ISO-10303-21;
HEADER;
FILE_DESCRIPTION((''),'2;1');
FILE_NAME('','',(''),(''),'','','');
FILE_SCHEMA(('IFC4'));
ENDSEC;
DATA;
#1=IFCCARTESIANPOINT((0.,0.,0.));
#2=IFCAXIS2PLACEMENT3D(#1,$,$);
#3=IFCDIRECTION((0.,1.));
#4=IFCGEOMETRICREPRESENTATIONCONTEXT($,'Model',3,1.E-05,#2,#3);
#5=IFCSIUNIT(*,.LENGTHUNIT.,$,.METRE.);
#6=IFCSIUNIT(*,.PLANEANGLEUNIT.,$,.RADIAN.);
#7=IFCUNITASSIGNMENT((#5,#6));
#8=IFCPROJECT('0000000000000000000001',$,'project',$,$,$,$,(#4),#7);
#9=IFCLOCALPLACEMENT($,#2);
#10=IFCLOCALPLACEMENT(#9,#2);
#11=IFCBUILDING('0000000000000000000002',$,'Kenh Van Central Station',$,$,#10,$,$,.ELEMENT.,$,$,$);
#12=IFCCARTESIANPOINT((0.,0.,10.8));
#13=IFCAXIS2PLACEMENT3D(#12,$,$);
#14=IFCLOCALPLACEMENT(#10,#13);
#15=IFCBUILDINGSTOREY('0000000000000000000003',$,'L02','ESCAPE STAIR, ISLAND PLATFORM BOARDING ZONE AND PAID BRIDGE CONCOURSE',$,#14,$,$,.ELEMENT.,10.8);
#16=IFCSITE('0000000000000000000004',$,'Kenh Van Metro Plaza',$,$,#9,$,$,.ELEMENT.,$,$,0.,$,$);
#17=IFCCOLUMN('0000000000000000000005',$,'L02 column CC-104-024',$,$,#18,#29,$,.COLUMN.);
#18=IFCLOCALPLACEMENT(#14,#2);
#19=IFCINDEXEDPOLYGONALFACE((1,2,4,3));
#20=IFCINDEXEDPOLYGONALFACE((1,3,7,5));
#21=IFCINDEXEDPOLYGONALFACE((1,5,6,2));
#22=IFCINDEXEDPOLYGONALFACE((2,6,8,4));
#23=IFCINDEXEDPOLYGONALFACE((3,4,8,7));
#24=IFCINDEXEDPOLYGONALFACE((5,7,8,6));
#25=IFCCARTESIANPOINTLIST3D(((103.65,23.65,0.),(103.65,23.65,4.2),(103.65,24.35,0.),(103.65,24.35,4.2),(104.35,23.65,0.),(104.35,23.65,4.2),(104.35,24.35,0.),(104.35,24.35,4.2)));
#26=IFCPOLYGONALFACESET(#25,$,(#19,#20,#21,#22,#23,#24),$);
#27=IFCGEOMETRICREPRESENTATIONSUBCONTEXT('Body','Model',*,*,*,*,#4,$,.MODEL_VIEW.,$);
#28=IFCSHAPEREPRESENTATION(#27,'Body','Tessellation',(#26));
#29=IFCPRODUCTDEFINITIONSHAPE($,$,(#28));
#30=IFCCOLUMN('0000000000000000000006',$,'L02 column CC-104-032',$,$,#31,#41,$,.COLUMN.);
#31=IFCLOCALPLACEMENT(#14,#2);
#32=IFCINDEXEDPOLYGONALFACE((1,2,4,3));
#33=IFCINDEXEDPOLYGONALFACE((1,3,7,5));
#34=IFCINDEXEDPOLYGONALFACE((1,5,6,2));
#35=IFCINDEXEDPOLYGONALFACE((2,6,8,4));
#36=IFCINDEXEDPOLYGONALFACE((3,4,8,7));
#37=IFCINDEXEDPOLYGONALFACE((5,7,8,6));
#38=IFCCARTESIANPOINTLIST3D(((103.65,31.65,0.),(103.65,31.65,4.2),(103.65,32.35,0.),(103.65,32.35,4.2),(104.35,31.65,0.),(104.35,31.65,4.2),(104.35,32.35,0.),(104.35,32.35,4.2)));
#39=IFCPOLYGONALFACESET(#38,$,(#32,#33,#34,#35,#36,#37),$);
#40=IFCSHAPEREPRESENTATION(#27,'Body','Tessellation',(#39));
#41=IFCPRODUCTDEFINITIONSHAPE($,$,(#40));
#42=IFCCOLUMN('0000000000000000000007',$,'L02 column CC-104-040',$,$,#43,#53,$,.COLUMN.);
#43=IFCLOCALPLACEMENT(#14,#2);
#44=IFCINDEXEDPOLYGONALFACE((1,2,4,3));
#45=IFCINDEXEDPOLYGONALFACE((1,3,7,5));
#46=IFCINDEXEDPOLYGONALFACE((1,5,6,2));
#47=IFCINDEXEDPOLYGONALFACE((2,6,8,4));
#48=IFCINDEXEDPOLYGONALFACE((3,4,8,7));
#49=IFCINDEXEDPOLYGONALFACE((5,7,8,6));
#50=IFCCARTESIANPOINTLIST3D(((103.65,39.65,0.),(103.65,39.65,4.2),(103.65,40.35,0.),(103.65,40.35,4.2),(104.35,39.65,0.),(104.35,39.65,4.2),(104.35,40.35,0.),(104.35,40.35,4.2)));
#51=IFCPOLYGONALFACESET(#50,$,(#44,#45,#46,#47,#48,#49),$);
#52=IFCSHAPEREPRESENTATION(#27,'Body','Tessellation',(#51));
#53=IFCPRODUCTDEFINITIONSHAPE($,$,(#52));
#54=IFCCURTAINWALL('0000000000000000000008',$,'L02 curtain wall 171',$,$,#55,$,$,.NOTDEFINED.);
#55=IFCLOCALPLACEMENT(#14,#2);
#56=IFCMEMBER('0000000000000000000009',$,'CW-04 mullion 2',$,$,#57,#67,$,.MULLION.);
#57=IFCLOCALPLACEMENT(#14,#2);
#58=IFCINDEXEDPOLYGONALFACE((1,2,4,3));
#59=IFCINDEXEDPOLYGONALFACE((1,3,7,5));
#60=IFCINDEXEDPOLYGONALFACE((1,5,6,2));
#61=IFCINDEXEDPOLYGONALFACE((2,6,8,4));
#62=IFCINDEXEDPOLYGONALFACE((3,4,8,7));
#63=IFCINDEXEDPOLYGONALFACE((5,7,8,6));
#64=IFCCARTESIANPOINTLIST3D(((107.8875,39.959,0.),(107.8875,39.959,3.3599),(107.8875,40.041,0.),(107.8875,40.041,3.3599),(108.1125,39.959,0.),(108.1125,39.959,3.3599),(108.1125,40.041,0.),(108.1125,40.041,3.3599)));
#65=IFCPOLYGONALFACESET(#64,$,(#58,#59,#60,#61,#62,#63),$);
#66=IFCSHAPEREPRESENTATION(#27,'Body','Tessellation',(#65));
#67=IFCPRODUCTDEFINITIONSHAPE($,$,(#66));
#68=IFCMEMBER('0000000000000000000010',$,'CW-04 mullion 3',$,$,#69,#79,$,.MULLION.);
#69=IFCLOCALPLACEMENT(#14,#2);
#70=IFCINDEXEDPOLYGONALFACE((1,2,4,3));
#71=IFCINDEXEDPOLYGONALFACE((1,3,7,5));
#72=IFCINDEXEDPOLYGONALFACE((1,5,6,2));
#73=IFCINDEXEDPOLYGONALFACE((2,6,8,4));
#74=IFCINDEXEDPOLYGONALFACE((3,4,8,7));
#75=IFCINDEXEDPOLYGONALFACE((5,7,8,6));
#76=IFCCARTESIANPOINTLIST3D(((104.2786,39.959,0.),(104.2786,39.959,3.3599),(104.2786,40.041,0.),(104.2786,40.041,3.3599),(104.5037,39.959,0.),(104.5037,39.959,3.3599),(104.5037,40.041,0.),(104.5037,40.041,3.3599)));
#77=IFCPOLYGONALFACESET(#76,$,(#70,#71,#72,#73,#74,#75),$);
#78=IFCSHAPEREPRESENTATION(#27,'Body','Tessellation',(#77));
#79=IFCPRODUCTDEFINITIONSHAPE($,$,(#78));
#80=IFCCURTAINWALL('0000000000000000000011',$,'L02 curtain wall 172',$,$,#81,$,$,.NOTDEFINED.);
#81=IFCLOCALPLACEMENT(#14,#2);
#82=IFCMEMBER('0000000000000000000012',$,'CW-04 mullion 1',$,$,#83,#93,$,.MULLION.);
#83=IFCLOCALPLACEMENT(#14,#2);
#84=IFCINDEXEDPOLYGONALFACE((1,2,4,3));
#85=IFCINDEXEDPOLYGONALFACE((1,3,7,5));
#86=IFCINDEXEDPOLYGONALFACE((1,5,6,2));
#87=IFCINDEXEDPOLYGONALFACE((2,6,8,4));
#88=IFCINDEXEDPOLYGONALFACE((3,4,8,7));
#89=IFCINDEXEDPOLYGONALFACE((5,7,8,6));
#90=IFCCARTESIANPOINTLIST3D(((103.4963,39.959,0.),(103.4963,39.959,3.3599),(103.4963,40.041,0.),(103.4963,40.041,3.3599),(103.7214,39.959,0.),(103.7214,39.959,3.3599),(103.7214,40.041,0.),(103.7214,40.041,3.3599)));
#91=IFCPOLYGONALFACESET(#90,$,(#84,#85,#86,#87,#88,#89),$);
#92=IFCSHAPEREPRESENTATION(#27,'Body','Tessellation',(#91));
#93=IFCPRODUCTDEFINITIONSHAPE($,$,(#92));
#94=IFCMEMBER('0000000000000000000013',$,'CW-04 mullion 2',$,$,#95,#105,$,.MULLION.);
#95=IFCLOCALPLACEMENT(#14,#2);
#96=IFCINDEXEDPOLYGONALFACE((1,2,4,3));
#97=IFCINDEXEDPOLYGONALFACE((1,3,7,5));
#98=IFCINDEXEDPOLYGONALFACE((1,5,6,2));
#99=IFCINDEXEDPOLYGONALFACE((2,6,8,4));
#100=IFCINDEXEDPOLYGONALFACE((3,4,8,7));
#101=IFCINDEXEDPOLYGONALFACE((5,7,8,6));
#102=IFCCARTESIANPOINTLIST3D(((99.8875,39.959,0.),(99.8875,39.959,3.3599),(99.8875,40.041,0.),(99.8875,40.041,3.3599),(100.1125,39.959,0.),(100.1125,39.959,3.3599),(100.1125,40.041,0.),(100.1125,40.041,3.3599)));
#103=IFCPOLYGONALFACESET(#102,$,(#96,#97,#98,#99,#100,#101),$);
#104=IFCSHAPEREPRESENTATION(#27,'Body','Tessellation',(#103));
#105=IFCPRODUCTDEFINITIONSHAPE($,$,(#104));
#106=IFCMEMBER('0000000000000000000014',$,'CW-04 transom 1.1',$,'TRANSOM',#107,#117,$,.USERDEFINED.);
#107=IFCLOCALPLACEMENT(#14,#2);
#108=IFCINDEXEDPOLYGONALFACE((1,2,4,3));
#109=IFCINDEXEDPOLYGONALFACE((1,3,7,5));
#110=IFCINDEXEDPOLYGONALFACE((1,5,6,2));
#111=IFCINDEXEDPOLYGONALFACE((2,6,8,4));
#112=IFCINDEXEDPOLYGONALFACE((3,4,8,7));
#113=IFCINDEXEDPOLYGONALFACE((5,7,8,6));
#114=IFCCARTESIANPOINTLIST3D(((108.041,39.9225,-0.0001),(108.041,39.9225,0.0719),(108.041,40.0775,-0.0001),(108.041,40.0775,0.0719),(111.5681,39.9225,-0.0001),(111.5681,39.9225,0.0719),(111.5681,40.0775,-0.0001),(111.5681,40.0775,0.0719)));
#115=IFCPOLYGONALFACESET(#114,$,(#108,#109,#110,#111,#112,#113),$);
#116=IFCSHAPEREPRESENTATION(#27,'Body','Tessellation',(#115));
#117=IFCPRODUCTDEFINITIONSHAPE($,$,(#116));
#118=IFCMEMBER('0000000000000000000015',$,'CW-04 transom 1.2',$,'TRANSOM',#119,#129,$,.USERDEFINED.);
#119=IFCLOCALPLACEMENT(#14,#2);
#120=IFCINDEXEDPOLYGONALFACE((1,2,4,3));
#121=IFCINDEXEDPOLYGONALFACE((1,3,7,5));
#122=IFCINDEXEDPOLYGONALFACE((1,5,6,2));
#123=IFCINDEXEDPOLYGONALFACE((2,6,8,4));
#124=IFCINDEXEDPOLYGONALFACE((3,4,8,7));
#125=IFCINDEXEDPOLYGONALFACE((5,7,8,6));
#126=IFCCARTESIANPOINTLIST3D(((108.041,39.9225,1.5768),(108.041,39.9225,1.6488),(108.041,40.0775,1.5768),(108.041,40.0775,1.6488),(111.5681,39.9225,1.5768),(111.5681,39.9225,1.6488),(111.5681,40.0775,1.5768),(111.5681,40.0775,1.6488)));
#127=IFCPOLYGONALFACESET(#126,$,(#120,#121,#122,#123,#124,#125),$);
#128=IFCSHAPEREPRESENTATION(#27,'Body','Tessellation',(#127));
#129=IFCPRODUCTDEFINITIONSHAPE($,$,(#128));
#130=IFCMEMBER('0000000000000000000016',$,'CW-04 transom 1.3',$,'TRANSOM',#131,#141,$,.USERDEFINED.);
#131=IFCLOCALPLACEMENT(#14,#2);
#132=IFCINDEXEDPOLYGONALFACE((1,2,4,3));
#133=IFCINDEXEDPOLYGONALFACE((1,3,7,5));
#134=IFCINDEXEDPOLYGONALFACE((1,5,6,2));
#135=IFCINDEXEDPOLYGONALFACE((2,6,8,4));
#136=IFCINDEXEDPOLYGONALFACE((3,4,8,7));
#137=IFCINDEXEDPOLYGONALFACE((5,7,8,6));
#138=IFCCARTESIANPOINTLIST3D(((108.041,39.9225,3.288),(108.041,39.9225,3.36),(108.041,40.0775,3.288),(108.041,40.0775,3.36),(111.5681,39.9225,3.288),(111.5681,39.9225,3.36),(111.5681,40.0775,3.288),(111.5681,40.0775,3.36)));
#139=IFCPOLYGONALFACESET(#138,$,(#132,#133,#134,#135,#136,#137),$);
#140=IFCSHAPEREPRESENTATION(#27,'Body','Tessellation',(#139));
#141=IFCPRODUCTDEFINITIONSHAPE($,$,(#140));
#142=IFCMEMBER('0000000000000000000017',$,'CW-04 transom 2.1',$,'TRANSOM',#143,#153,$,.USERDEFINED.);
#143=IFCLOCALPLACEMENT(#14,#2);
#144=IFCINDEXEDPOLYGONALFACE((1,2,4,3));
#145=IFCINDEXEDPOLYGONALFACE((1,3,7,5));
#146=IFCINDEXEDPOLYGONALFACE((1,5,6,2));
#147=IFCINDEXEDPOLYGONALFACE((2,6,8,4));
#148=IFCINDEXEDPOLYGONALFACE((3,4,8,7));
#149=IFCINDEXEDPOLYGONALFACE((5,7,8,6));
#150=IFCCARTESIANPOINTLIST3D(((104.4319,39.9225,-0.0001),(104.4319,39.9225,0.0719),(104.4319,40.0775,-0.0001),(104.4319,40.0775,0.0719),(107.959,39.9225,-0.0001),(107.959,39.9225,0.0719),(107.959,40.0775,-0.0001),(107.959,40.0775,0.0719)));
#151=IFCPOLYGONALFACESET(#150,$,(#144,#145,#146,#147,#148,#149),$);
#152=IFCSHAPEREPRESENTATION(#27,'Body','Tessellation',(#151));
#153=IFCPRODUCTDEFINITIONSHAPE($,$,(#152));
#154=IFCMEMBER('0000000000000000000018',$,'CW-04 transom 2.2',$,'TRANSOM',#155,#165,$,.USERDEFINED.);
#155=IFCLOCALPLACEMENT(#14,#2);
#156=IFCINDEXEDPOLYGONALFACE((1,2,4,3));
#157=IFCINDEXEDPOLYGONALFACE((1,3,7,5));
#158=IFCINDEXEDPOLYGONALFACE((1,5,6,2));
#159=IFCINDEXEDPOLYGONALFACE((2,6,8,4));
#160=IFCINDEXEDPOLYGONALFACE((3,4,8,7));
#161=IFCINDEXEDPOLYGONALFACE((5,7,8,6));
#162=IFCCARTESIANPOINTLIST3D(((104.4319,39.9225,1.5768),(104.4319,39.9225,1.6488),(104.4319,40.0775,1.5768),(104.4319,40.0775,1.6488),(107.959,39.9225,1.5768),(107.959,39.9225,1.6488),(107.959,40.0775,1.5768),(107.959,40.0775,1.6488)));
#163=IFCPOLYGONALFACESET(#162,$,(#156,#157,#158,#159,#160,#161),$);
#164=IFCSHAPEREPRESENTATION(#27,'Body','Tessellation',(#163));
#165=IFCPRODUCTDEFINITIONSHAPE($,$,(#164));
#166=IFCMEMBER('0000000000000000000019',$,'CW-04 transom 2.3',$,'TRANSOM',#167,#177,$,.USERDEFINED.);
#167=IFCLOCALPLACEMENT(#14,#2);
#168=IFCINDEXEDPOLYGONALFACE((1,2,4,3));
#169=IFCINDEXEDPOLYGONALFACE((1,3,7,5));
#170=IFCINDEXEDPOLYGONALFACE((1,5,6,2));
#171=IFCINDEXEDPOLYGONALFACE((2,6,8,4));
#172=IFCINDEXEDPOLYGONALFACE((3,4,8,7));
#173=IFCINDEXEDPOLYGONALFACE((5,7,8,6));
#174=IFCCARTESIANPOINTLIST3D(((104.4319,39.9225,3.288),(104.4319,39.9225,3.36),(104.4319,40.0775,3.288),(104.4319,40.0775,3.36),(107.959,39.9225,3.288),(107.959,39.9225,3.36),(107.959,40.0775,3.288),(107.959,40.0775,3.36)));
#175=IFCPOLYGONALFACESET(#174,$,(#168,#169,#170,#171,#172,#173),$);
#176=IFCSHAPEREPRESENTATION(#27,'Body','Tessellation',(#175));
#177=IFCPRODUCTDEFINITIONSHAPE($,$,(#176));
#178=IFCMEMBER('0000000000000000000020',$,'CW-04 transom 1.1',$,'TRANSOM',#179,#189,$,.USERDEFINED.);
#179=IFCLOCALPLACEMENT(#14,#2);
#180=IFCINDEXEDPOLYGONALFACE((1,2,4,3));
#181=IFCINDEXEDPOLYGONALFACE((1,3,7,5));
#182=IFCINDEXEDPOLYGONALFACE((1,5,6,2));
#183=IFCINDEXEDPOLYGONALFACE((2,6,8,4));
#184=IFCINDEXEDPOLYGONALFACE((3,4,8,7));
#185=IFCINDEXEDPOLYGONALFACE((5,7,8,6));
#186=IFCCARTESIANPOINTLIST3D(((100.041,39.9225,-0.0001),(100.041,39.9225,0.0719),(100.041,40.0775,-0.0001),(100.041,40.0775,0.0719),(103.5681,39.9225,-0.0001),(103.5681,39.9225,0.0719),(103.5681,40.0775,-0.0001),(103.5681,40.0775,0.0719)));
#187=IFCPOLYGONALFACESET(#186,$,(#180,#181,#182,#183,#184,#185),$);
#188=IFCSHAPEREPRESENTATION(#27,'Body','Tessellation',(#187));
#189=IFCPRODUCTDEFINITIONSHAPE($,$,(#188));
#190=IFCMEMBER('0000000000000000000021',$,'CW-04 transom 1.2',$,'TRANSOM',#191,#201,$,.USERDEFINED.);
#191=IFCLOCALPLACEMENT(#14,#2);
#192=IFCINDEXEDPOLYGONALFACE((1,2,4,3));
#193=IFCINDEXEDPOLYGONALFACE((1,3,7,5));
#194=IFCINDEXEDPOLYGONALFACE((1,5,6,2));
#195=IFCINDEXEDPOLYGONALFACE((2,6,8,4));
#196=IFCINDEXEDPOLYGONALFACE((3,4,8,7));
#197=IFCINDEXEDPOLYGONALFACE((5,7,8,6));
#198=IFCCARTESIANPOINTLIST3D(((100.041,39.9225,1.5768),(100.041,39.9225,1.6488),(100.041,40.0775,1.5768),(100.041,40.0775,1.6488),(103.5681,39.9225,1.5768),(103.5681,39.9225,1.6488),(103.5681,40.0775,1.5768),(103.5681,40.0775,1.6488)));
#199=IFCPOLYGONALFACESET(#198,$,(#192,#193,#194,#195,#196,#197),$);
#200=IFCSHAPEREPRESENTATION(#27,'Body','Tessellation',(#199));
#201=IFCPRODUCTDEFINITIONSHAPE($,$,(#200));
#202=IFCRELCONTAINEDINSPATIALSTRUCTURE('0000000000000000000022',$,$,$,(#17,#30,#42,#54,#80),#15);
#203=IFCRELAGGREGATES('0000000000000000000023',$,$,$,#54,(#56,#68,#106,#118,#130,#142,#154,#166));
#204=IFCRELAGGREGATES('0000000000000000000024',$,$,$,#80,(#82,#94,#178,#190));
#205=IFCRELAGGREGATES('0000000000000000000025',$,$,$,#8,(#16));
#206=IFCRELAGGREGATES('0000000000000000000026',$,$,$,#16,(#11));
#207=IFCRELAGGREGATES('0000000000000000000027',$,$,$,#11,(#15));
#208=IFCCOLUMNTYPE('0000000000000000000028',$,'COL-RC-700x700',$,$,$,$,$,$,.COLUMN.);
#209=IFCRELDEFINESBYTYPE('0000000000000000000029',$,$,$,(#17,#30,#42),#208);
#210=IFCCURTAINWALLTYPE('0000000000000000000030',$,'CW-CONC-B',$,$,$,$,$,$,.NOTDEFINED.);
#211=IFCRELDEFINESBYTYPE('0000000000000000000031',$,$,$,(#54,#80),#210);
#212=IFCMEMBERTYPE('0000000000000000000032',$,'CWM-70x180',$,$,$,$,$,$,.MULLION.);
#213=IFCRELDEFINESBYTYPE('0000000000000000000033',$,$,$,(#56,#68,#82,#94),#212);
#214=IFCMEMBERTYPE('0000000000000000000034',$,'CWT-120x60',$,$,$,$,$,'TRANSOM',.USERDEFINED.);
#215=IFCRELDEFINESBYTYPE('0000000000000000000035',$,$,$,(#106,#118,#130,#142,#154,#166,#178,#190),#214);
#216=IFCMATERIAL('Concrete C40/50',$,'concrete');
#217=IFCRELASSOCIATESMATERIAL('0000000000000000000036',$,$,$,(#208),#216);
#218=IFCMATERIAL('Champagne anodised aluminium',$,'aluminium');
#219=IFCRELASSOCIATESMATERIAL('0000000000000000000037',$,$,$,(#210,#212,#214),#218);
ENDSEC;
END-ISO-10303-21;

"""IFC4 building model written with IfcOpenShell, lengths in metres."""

from ifc_helpers import new_model, si_unit, direction, frame, origin, origin_2d, place, context, subcontext, project, spatial, rectangle, extrude, material, material_profile, profile_set, type_object, element, aggregate, save


model = new_model("IFC4")

# Units and contexts
model_context = context("Model", 3, precision=1e-05, world=origin(), true_north=direction((0.0, 1.0)))
body_context = subcontext(model_context, "Body", "Model", "MODEL_VIEW")
ifc_project = project(units=[si_unit("LENGTHUNIT", "METRE"), si_unit("PLANEANGLEUNIT", "RADIAN")], contexts=[model_context])

# Site, building, storey
site_placement = place(None, origin())
site = spatial("IfcSite", under=ifc_project, at=site_placement, Name="Kenh Van Metro Plaza", CompositionType="ELEMENT", RefElevation=0.0)
building_placement = place(site_placement, origin())
building = spatial("IfcBuilding", under=site, at=building_placement, Name="Kenh Van Central Station", CompositionType="ELEMENT")
storey_placement = place(building_placement, frame((0.0, 0.0, 10.8)))
storey = spatial("IfcBuildingStorey", under=building, at=storey_placement, Name="L02", Description="ESCAPE STAIR, ISLAND PLATFORM BOARDING ZONE AND PAID BRIDGE CONCOURSE", CompositionType="ELEMENT", Elevation=10.8)

# Columns
ifc_material_1 = material(Name="Concrete C40/50", Category="concrete")
ifc_material_profile_1 = material_profile(ifc_material_1, rectangle(XDim=0.7, YDim=0.7, at=origin_2d()), Name="RC 700x700")
ifc_profile_set_1 = profile_set([ifc_material_profile_1], Name="Concrete C40/50")
column_type = type_object("IfcColumnType", Name="COL-RC-700x700", PredefinedType="COLUMN", material=ifc_profile_set_1)
for number, where, z_axis, x_axis, name in (
    (1, (104.0, 24.0, 0.0), (0.0, 0.0, 1.0), (1.0, 0.0, 0.0), "L02 column CC-104-024"),
    (2, (104.0, 32.0, 0.0), (0.0, 0.0, 1.0), (1.0, 0.0, 0.0), "L02 column CC-104-032"),
    (3, (104.0, 40.0, 0.0), (0.0, 0.0, 1.0), (1.0, 0.0, 0.0), "L02 column CC-104-040"),
):
    element("IfcColumn", number, at=place(storey_placement, frame(where, z_axis=z_axis, x_axis=x_axis)), inside=storey, type_object=column_type, Name=name, PredefinedType="COLUMN", context=body_context, shape_type="SweptSolid", body=[
        extrude(rectangle(XDim=0.7, YDim=0.7, at=origin_2d()), origin(), (0.0, 0.0, 1.0), 4.2),
    ])

# Curtain walls, members
ifc_material_2 = material(Name="Champagne anodised aluminium", Category="aluminium")
curtain_wall_type = type_object("IfcCurtainWallType", Name="CW-CONC-B", PredefinedType="NOTDEFINED", material=ifc_material_2)
curtain_wall_1_placement = place(storey_placement, origin())
curtain_wall_1 = element("IfcCurtainWall", 4, at=curtain_wall_1_placement, inside=storey, type_object=curtain_wall_type, Name="L02 curtain wall 171", PredefinedType="NOTDEFINED")
ifc_material_profile_2 = material_profile(ifc_material_2, rectangle(XDim=0.082, YDim=0.2251, at=origin_2d()), Name="AL 82x225")
ifc_profile_set_2 = profile_set([ifc_material_profile_2], Name="Champagne anodised aluminium")
member_type_1 = type_object("IfcMemberType", Name="CWM-70x180", PredefinedType="MULLION", material=ifc_profile_set_2)
member_1_placement = place(storey_placement, frame((108.0, 40.0, 0.0), z_axis=(0.0, 0.0, 1.0), x_axis=(0.0, -1.0, 0.0)))
member_1 = element("IfcMember", 5, at=member_1_placement, type_object=member_type_1, Name="CW-04 mullion 2", PredefinedType="MULLION", context=body_context, shape_type="SweptSolid", body=[
    extrude(rectangle(XDim=0.082, YDim=0.2251, at=origin_2d()), origin(), (0.0, 0.0, 1.0), 3.3599),
])
member_2_placement = place(storey_placement, frame((104.3911, 40.0, 0.0), z_axis=(0.0, 0.0, 1.0), x_axis=(0.0, -1.0, 0.0)))
member_2 = element("IfcMember", 6, at=member_2_placement, type_object=member_type_1, Name="CW-04 mullion 3", PredefinedType="MULLION", context=body_context, shape_type="SweptSolid", body=[
    extrude(rectangle(XDim=0.082, YDim=0.2251, at=origin_2d()), origin(), (0.0, 0.0, 1.0), 3.3599),
])
curtain_wall_2_placement = place(storey_placement, origin())
curtain_wall_2 = element("IfcCurtainWall", 7, at=curtain_wall_2_placement, inside=storey, type_object=curtain_wall_type, Name="L02 curtain wall 172", PredefinedType="NOTDEFINED")
member_3_placement = place(storey_placement, frame((103.6089, 40.0, 0.0), z_axis=(0.0, 0.0, 1.0), x_axis=(0.0, -1.0, 0.0)))
member_3 = element("IfcMember", 8, at=member_3_placement, type_object=member_type_1, Name="CW-04 mullion 1", PredefinedType="MULLION", context=body_context, shape_type="SweptSolid", body=[
    extrude(rectangle(XDim=0.082, YDim=0.2251, at=origin_2d()), origin(), (0.0, 0.0, 1.0), 3.3599),
])
member_4_placement = place(storey_placement, frame((100.0, 40.0, 0.0), z_axis=(0.0, 0.0, 1.0), x_axis=(0.0, -1.0, 0.0)))
member_4 = element("IfcMember", 9, at=member_4_placement, type_object=member_type_1, Name="CW-04 mullion 2", PredefinedType="MULLION", context=body_context, shape_type="SweptSolid", body=[
    extrude(rectangle(XDim=0.082, YDim=0.2251, at=origin_2d()), origin(), (0.0, 0.0, 1.0), 3.3599),
])

# Members
ifc_material_profile_3 = material_profile(ifc_material_2, rectangle(XDim=0.155, YDim=0.072, at=origin_2d()), Name="AL 155x72")
ifc_profile_set_3 = profile_set([ifc_material_profile_3], Name="Champagne anodised aluminium")
member_type_2 = type_object("IfcMemberType", Name="CWT-120x60", ElementType="TRANSOM", PredefinedType="USERDEFINED", material=ifc_profile_set_3)
member_5_placement = place(storey_placement, frame((111.5681, 40.0, 0.0359), z_axis=(-1.0, 0.0, 0.0), x_axis=(0.0, -1.0, 0.0)))
member_5 = element("IfcMember", 10, at=member_5_placement, type_object=member_type_2, Name="CW-04 transom 1.1", ObjectType="TRANSOM", PredefinedType="USERDEFINED", context=body_context, shape_type="SweptSolid", body=[
    extrude(rectangle(XDim=0.155, YDim=0.072, at=origin_2d()), origin(), (0.0, 0.0, 1.0), 3.5271),
])
member_6_placement = place(storey_placement, frame((111.5681, 40.0, 1.6128), z_axis=(-1.0, 0.0, 0.0), x_axis=(0.0, -1.0, 0.0)))
member_6 = element("IfcMember", 11, at=member_6_placement, type_object=member_type_2, Name="CW-04 transom 1.2", ObjectType="TRANSOM", PredefinedType="USERDEFINED", context=body_context, shape_type="SweptSolid", body=[
    extrude(rectangle(XDim=0.155, YDim=0.072, at=origin_2d()), origin(), (0.0, 0.0, 1.0), 3.5271),
])
member_7_placement = place(storey_placement, frame((111.5681, 40.0, 3.324), z_axis=(-1.0, 0.0, 0.0), x_axis=(0.0, -1.0, 0.0)))
member_7 = element("IfcMember", 12, at=member_7_placement, type_object=member_type_2, Name="CW-04 transom 1.3", ObjectType="TRANSOM", PredefinedType="USERDEFINED", context=body_context, shape_type="SweptSolid", body=[
    extrude(rectangle(XDim=0.155, YDim=0.072, at=origin_2d()), origin(), (0.0, 0.0, 1.0), 3.5271),
])
member_8_placement = place(storey_placement, frame((107.959, 40.0, 0.0359), z_axis=(-1.0, 0.0, 0.0), x_axis=(0.0, -1.0, 0.0)))
member_8 = element("IfcMember", 13, at=member_8_placement, type_object=member_type_2, Name="CW-04 transom 2.1", ObjectType="TRANSOM", PredefinedType="USERDEFINED", context=body_context, shape_type="SweptSolid", body=[
    extrude(rectangle(XDim=0.155, YDim=0.072, at=origin_2d()), origin(), (0.0, 0.0, 1.0), 3.5271),
])
member_9_placement = place(storey_placement, frame((107.959, 40.0, 1.6128), z_axis=(-1.0, 0.0, 0.0), x_axis=(0.0, -1.0, 0.0)))
member_9 = element("IfcMember", 14, at=member_9_placement, type_object=member_type_2, Name="CW-04 transom 2.2", ObjectType="TRANSOM", PredefinedType="USERDEFINED", context=body_context, shape_type="SweptSolid", body=[
    extrude(rectangle(XDim=0.155, YDim=0.072, at=origin_2d()), origin(), (0.0, 0.0, 1.0), 3.5271),
])
member_10_placement = place(storey_placement, frame((107.959, 40.0, 3.324), z_axis=(-1.0, 0.0, 0.0), x_axis=(0.0, -1.0, 0.0)))
member_10 = element("IfcMember", 15, at=member_10_placement, type_object=member_type_2, Name="CW-04 transom 2.3", ObjectType="TRANSOM", PredefinedType="USERDEFINED", context=body_context, shape_type="SweptSolid", body=[
    extrude(rectangle(XDim=0.155, YDim=0.072, at=origin_2d()), origin(), (0.0, 0.0, 1.0), 3.5271),
])
member_11_placement = place(storey_placement, frame((103.5681, 40.0, 0.0359), z_axis=(-1.0, 0.0, 0.0), x_axis=(0.0, -1.0, 0.0)))
member_11 = element("IfcMember", 16, at=member_11_placement, type_object=member_type_2, Name="CW-04 transom 1.1", ObjectType="TRANSOM", PredefinedType="USERDEFINED", context=body_context, shape_type="SweptSolid", body=[
    extrude(rectangle(XDim=0.155, YDim=0.072, at=origin_2d()), origin(), (0.0, 0.0, 1.0), 3.5271),
])
member_12_placement = place(storey_placement, frame((103.5681, 40.0, 1.6128), z_axis=(-1.0, 0.0, 0.0), x_axis=(0.0, -1.0, 0.0)))
member_12 = element("IfcMember", 17, at=member_12_placement, type_object=member_type_2, Name="CW-04 transom 1.2", ObjectType="TRANSOM", PredefinedType="USERDEFINED", context=body_context, shape_type="SweptSolid", body=[
    extrude(rectangle(XDim=0.155, YDim=0.072, at=origin_2d()), origin(), (0.0, 0.0, 1.0), 3.5271),
])

aggregate(curtain_wall_1, [member_1, member_2, member_5, member_6, member_7, member_8, member_9, member_10])
aggregate(curtain_wall_2, [member_3, member_4, member_11, member_12])

save(model, "model.ifc")
